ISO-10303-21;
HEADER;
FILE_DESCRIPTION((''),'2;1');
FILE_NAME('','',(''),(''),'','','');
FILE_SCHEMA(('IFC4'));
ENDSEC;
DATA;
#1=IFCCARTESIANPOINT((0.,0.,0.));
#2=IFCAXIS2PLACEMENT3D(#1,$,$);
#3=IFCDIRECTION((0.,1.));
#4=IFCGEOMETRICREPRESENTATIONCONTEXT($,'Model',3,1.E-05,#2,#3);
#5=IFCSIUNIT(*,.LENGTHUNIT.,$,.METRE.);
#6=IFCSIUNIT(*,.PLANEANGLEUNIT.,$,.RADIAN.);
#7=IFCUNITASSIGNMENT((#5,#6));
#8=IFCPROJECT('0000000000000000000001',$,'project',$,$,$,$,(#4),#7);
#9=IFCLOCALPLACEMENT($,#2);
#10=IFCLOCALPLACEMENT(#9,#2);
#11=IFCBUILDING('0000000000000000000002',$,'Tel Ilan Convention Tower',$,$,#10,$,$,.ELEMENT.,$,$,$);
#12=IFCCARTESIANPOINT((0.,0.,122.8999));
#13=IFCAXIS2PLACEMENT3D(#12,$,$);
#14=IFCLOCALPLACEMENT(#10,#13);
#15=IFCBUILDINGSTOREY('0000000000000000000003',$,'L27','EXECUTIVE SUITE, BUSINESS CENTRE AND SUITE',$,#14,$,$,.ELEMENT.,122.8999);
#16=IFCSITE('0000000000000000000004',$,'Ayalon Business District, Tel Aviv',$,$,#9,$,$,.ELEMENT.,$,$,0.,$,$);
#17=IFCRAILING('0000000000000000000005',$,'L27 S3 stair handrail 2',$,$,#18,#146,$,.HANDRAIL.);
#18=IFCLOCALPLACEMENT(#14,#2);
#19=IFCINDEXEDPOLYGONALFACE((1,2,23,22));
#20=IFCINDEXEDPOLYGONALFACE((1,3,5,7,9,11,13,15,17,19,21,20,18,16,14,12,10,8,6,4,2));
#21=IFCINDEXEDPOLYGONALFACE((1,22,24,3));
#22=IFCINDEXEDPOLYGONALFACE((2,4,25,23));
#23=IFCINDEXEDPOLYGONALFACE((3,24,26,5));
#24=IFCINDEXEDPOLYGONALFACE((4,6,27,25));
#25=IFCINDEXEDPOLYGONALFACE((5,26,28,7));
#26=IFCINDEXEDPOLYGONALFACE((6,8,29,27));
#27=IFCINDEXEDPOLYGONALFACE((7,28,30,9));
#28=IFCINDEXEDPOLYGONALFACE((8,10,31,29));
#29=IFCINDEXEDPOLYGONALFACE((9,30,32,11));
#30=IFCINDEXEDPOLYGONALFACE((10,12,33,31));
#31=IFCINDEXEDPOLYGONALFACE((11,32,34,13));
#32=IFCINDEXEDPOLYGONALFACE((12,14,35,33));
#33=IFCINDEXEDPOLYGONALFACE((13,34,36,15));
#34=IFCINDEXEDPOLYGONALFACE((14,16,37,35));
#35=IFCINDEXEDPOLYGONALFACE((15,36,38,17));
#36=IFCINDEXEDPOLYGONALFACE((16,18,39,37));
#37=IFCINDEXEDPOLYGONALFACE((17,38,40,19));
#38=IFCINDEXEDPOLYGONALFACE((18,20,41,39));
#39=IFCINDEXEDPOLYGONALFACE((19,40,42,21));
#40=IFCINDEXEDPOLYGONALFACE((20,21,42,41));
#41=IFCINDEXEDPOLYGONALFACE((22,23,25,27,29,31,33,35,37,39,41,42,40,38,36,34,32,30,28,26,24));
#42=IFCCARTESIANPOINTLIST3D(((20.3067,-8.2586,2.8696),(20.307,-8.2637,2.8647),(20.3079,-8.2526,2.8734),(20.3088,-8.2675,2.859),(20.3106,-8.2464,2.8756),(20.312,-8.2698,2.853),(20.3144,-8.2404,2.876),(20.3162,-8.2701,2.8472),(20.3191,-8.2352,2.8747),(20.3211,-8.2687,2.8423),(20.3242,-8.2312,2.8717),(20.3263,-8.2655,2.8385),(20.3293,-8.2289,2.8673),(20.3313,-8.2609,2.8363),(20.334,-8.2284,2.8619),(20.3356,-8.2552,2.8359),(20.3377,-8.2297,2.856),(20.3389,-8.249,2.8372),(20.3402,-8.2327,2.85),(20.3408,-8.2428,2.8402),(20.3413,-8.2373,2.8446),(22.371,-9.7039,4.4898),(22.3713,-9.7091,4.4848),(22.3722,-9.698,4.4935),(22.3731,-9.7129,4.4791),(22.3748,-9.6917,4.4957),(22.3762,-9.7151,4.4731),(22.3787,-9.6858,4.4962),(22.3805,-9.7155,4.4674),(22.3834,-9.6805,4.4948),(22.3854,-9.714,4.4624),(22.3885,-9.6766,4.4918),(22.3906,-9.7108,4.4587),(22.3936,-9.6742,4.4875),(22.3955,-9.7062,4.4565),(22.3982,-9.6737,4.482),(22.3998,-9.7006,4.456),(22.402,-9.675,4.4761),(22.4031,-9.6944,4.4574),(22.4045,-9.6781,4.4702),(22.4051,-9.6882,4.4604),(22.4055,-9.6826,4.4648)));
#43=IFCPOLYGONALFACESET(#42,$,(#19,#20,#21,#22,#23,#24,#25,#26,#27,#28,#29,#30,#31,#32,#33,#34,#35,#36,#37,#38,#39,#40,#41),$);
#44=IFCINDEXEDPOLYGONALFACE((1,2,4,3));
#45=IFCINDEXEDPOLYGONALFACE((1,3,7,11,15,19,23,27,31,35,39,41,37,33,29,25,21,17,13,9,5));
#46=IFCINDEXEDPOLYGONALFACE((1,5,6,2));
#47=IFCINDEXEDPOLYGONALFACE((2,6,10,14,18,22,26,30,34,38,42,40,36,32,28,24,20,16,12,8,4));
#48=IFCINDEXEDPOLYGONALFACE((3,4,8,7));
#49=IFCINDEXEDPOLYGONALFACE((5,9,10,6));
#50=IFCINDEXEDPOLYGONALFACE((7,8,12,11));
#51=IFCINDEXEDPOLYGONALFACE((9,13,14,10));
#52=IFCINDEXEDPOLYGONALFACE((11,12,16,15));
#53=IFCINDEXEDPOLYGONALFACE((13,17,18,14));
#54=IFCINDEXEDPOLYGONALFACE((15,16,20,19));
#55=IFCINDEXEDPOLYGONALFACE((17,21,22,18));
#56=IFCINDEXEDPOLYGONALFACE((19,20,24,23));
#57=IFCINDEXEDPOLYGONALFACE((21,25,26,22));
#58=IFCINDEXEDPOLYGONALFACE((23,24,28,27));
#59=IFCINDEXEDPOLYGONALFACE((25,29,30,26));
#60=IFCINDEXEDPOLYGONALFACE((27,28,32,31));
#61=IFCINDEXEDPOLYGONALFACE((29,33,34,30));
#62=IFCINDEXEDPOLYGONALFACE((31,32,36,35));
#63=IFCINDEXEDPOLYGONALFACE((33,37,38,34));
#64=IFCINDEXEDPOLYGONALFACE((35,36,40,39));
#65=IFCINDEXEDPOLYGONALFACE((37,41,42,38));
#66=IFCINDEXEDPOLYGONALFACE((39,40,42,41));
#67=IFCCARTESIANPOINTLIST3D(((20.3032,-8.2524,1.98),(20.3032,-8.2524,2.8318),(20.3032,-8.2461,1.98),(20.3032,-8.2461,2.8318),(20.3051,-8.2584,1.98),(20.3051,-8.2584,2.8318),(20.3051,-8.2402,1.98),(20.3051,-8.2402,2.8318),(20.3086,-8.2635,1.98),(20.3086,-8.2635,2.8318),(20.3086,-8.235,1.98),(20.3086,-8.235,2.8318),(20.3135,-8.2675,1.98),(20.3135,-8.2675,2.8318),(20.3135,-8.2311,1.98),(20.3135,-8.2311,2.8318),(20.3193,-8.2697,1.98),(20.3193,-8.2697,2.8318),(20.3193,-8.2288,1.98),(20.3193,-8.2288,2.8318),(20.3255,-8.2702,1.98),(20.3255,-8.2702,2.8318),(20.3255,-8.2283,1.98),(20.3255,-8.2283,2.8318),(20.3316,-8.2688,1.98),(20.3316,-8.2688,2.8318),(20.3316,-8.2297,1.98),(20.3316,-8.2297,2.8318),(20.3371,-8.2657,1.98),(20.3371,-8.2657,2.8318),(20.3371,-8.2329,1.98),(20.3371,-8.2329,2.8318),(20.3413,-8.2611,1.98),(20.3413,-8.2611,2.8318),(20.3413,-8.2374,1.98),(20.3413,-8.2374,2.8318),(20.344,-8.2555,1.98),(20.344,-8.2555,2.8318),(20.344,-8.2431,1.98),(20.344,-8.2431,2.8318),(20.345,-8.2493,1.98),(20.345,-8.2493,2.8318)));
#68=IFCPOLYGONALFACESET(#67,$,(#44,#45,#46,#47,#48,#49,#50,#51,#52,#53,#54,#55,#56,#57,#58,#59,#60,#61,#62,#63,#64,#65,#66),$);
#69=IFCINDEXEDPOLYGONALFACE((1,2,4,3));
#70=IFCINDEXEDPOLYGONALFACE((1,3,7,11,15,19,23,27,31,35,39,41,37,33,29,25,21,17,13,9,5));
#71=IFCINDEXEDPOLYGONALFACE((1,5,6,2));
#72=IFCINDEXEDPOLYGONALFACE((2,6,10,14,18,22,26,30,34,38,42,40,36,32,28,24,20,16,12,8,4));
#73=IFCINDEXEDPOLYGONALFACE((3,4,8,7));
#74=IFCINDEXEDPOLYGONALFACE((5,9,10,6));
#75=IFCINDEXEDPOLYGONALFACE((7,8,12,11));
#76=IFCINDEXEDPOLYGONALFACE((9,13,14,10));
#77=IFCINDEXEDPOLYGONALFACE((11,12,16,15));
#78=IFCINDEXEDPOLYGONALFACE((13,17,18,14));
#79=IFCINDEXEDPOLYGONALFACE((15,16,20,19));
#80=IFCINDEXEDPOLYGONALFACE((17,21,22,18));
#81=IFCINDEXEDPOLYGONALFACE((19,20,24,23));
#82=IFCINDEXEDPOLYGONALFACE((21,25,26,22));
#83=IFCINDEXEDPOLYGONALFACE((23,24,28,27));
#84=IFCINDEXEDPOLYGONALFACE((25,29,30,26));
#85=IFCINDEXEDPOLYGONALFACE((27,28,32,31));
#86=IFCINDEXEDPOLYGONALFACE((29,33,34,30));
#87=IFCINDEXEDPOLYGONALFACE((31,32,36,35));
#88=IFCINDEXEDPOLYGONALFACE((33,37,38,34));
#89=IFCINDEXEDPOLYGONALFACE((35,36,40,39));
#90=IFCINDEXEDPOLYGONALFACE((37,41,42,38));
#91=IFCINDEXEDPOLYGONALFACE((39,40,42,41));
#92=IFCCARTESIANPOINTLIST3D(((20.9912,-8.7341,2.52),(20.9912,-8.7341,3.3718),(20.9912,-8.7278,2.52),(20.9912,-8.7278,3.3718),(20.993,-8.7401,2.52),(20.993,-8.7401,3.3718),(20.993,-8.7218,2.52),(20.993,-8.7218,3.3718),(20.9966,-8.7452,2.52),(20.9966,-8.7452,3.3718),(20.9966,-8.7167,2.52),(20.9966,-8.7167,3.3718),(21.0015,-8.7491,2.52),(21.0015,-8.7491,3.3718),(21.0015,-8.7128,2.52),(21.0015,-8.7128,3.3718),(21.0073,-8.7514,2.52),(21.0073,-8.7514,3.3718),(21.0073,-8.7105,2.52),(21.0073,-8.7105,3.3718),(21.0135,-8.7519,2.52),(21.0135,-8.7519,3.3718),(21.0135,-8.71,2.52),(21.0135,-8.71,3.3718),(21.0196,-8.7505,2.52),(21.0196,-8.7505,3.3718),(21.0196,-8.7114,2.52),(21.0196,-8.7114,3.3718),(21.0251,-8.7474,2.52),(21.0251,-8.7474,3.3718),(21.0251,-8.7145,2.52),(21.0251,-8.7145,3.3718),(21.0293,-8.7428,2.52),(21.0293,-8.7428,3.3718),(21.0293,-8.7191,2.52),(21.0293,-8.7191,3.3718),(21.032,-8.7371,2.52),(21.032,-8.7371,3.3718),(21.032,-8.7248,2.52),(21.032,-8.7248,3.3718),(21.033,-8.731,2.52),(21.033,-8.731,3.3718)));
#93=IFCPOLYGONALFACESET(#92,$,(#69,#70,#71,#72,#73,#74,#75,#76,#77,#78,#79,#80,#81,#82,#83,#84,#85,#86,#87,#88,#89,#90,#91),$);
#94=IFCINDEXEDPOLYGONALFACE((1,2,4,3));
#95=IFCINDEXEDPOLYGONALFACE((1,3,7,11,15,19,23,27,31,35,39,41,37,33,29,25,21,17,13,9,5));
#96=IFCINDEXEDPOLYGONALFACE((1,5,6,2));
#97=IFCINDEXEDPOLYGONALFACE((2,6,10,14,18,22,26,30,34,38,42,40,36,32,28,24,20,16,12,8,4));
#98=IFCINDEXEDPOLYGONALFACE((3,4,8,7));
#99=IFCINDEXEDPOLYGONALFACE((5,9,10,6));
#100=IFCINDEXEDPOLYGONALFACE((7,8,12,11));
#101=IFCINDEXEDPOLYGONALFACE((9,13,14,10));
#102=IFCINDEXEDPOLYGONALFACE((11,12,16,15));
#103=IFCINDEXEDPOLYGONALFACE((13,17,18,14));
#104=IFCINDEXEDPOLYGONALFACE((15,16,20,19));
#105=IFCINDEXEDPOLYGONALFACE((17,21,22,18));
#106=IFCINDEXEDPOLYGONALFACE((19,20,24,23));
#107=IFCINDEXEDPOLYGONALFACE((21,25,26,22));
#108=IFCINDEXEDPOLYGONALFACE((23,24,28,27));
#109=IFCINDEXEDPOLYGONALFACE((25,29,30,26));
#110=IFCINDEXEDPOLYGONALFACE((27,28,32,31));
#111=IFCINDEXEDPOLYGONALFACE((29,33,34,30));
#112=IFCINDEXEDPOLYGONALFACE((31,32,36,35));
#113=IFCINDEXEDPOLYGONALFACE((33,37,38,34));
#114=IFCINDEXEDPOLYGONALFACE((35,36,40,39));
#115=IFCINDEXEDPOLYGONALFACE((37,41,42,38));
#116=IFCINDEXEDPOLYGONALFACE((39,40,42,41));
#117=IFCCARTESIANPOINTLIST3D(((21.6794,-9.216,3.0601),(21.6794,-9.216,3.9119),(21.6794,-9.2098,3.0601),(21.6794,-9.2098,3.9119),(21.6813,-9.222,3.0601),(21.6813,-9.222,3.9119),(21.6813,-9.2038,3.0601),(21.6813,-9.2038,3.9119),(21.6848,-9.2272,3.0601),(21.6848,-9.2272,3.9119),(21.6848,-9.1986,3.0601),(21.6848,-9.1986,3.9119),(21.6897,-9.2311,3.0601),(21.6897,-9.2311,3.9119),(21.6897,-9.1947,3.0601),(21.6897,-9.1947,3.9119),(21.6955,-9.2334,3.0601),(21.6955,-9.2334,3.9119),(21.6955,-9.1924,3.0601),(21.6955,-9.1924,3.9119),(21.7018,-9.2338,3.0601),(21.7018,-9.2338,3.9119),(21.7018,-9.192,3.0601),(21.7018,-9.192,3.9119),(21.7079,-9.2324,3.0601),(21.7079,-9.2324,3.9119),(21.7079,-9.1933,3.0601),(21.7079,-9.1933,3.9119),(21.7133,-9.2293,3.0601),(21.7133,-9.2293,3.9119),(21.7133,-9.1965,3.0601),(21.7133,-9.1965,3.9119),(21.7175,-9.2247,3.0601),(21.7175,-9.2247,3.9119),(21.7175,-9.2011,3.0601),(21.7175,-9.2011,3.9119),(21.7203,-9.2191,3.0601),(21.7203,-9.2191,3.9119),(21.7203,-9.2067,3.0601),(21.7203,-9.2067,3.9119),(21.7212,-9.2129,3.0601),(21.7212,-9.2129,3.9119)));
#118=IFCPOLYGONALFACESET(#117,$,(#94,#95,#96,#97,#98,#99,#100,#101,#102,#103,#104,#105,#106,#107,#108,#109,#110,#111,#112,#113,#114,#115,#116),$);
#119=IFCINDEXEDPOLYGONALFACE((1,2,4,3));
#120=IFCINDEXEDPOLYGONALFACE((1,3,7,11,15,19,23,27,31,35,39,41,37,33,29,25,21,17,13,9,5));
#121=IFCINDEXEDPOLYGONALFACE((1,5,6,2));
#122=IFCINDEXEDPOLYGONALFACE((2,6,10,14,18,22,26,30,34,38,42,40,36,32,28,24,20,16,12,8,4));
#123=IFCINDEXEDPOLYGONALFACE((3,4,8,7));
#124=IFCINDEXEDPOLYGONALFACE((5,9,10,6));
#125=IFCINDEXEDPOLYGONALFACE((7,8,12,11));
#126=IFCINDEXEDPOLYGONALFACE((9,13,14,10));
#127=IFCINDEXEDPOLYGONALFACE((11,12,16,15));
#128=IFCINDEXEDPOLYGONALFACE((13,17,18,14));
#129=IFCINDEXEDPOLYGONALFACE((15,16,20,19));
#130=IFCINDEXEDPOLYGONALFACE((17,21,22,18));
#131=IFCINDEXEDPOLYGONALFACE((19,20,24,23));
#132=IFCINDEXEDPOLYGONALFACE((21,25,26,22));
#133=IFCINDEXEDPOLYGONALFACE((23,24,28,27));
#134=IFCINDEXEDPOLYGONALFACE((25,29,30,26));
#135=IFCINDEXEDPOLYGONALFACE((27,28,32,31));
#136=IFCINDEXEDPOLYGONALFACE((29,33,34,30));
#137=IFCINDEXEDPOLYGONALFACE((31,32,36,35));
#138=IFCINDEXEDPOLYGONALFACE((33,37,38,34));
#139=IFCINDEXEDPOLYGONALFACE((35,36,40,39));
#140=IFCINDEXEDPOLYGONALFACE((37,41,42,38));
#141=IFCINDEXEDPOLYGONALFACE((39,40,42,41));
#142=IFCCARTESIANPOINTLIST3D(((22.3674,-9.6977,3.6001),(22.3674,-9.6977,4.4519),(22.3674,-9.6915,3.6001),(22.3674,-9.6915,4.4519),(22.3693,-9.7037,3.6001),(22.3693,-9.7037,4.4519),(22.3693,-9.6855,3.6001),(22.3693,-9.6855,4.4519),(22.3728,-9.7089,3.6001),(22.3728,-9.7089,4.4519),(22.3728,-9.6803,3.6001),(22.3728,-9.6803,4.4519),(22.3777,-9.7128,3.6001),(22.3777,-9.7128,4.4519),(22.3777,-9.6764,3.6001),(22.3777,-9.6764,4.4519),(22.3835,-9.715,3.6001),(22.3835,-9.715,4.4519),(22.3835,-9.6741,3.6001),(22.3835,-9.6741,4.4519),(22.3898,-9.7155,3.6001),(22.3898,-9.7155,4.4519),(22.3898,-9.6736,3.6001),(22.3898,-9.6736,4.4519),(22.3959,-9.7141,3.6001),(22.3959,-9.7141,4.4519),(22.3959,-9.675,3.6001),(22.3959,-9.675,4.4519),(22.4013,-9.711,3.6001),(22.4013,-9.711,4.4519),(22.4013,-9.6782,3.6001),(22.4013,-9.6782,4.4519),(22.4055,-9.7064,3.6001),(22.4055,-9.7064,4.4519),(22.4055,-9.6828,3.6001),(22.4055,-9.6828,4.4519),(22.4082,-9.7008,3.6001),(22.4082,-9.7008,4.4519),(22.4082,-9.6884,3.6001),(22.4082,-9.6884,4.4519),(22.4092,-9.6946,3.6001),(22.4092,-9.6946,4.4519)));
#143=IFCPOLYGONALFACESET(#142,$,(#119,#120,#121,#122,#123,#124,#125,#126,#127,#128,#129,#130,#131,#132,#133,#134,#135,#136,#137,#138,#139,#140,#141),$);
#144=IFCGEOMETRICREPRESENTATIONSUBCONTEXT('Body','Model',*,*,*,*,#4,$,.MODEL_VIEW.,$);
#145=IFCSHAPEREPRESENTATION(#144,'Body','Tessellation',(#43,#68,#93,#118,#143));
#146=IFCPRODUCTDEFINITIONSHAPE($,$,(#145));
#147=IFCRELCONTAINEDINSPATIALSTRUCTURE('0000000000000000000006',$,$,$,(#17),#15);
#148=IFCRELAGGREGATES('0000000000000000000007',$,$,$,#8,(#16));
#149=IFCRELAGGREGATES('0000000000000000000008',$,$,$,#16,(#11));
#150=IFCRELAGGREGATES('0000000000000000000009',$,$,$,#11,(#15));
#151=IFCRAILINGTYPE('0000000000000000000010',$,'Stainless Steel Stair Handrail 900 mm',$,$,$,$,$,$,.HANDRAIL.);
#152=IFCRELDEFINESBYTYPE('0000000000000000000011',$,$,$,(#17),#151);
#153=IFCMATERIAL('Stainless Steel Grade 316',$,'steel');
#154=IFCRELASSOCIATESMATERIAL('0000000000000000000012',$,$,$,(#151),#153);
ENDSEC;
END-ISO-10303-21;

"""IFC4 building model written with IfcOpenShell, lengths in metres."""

from ifc_helpers import new_model, si_unit, direction, frame, origin, origin_2d, place, context, subcontext, project, spatial, circle, extrude, material, type_object, element, save


model = new_model("IFC4")

# Units and contexts
model_context = context("Model", 3, precision=1e-05, world=origin(), true_north=direction((0.0, 1.0)))
body_context = subcontext(model_context, "Body", "Model", "MODEL_VIEW")
ifc_project = project(units=[si_unit("LENGTHUNIT", "METRE"), si_unit("PLANEANGLEUNIT", "RADIAN")], contexts=[model_context])

# Site, building, storey
site_placement = place(None, origin())
site = spatial("IfcSite", under=ifc_project, at=site_placement, Name="Ayalon Business District, Tel Aviv", CompositionType="ELEMENT", RefElevation=0.0)
building_placement = place(site_placement, origin())
building = spatial("IfcBuilding", under=site, at=building_placement, Name="Tel Ilan Convention Tower", CompositionType="ELEMENT")
storey_placement = place(building_placement, frame((0.0, 0.0, 122.8999)))
storey = spatial("IfcBuildingStorey", under=building, at=storey_placement, Name="L27", Description="EXECUTIVE SUITE, BUSINESS CENTRE AND SUITE", CompositionType="ELEMENT", Elevation=122.8999)

# Railing
ifc_material_1 = material(Name="Stainless Steel Grade 316", Category="steel")
railing_type_1 = type_object("IfcRailingType", Name="Stainless Steel Stair Handrail 900 mm", PredefinedType="HANDRAIL", material=ifc_material_1)
railing_1_placement = place(storey_placement, frame((20.324, -8.2493, 1.98)))
element("IfcRailing", 1, at=railing_1_placement, inside=storey, type_object=railing_type_1, Name="L27 S3 stair handrail 2", PredefinedType="HANDRAIL", context=body_context, shape_type="SweptSolid", body=[
    extrude(circle(Radius=0.0239, at=origin_2d()), frame((0.0, 0.0, 0.876), z_axis=(0.68904, -0.48245, 0.540801), x_axis=(0.57356, 0.819164, 0.0)), (0.0, 0.0, 1.0), 2.9958),
    extrude(circle(Radius=0.021, at=origin_2d()), origin(), (0.0, 0.0, 1.0), 0.8518),
    extrude(circle(Radius=0.021, at=origin_2d()), frame((0.688, -0.4817, 0.54)), (0.0, 0.0, 1.0), 0.8518),
    extrude(circle(Radius=0.021, at=origin_2d()), frame((1.3762, -0.9636, 1.0801)), (0.0, 0.0, 1.0), 0.8518),
    extrude(circle(Radius=0.021, at=origin_2d()), frame((2.0642, -1.4453, 1.6201)), (0.0, 0.0, 1.0), 0.8518),
])

save(model, "model.ifc")
